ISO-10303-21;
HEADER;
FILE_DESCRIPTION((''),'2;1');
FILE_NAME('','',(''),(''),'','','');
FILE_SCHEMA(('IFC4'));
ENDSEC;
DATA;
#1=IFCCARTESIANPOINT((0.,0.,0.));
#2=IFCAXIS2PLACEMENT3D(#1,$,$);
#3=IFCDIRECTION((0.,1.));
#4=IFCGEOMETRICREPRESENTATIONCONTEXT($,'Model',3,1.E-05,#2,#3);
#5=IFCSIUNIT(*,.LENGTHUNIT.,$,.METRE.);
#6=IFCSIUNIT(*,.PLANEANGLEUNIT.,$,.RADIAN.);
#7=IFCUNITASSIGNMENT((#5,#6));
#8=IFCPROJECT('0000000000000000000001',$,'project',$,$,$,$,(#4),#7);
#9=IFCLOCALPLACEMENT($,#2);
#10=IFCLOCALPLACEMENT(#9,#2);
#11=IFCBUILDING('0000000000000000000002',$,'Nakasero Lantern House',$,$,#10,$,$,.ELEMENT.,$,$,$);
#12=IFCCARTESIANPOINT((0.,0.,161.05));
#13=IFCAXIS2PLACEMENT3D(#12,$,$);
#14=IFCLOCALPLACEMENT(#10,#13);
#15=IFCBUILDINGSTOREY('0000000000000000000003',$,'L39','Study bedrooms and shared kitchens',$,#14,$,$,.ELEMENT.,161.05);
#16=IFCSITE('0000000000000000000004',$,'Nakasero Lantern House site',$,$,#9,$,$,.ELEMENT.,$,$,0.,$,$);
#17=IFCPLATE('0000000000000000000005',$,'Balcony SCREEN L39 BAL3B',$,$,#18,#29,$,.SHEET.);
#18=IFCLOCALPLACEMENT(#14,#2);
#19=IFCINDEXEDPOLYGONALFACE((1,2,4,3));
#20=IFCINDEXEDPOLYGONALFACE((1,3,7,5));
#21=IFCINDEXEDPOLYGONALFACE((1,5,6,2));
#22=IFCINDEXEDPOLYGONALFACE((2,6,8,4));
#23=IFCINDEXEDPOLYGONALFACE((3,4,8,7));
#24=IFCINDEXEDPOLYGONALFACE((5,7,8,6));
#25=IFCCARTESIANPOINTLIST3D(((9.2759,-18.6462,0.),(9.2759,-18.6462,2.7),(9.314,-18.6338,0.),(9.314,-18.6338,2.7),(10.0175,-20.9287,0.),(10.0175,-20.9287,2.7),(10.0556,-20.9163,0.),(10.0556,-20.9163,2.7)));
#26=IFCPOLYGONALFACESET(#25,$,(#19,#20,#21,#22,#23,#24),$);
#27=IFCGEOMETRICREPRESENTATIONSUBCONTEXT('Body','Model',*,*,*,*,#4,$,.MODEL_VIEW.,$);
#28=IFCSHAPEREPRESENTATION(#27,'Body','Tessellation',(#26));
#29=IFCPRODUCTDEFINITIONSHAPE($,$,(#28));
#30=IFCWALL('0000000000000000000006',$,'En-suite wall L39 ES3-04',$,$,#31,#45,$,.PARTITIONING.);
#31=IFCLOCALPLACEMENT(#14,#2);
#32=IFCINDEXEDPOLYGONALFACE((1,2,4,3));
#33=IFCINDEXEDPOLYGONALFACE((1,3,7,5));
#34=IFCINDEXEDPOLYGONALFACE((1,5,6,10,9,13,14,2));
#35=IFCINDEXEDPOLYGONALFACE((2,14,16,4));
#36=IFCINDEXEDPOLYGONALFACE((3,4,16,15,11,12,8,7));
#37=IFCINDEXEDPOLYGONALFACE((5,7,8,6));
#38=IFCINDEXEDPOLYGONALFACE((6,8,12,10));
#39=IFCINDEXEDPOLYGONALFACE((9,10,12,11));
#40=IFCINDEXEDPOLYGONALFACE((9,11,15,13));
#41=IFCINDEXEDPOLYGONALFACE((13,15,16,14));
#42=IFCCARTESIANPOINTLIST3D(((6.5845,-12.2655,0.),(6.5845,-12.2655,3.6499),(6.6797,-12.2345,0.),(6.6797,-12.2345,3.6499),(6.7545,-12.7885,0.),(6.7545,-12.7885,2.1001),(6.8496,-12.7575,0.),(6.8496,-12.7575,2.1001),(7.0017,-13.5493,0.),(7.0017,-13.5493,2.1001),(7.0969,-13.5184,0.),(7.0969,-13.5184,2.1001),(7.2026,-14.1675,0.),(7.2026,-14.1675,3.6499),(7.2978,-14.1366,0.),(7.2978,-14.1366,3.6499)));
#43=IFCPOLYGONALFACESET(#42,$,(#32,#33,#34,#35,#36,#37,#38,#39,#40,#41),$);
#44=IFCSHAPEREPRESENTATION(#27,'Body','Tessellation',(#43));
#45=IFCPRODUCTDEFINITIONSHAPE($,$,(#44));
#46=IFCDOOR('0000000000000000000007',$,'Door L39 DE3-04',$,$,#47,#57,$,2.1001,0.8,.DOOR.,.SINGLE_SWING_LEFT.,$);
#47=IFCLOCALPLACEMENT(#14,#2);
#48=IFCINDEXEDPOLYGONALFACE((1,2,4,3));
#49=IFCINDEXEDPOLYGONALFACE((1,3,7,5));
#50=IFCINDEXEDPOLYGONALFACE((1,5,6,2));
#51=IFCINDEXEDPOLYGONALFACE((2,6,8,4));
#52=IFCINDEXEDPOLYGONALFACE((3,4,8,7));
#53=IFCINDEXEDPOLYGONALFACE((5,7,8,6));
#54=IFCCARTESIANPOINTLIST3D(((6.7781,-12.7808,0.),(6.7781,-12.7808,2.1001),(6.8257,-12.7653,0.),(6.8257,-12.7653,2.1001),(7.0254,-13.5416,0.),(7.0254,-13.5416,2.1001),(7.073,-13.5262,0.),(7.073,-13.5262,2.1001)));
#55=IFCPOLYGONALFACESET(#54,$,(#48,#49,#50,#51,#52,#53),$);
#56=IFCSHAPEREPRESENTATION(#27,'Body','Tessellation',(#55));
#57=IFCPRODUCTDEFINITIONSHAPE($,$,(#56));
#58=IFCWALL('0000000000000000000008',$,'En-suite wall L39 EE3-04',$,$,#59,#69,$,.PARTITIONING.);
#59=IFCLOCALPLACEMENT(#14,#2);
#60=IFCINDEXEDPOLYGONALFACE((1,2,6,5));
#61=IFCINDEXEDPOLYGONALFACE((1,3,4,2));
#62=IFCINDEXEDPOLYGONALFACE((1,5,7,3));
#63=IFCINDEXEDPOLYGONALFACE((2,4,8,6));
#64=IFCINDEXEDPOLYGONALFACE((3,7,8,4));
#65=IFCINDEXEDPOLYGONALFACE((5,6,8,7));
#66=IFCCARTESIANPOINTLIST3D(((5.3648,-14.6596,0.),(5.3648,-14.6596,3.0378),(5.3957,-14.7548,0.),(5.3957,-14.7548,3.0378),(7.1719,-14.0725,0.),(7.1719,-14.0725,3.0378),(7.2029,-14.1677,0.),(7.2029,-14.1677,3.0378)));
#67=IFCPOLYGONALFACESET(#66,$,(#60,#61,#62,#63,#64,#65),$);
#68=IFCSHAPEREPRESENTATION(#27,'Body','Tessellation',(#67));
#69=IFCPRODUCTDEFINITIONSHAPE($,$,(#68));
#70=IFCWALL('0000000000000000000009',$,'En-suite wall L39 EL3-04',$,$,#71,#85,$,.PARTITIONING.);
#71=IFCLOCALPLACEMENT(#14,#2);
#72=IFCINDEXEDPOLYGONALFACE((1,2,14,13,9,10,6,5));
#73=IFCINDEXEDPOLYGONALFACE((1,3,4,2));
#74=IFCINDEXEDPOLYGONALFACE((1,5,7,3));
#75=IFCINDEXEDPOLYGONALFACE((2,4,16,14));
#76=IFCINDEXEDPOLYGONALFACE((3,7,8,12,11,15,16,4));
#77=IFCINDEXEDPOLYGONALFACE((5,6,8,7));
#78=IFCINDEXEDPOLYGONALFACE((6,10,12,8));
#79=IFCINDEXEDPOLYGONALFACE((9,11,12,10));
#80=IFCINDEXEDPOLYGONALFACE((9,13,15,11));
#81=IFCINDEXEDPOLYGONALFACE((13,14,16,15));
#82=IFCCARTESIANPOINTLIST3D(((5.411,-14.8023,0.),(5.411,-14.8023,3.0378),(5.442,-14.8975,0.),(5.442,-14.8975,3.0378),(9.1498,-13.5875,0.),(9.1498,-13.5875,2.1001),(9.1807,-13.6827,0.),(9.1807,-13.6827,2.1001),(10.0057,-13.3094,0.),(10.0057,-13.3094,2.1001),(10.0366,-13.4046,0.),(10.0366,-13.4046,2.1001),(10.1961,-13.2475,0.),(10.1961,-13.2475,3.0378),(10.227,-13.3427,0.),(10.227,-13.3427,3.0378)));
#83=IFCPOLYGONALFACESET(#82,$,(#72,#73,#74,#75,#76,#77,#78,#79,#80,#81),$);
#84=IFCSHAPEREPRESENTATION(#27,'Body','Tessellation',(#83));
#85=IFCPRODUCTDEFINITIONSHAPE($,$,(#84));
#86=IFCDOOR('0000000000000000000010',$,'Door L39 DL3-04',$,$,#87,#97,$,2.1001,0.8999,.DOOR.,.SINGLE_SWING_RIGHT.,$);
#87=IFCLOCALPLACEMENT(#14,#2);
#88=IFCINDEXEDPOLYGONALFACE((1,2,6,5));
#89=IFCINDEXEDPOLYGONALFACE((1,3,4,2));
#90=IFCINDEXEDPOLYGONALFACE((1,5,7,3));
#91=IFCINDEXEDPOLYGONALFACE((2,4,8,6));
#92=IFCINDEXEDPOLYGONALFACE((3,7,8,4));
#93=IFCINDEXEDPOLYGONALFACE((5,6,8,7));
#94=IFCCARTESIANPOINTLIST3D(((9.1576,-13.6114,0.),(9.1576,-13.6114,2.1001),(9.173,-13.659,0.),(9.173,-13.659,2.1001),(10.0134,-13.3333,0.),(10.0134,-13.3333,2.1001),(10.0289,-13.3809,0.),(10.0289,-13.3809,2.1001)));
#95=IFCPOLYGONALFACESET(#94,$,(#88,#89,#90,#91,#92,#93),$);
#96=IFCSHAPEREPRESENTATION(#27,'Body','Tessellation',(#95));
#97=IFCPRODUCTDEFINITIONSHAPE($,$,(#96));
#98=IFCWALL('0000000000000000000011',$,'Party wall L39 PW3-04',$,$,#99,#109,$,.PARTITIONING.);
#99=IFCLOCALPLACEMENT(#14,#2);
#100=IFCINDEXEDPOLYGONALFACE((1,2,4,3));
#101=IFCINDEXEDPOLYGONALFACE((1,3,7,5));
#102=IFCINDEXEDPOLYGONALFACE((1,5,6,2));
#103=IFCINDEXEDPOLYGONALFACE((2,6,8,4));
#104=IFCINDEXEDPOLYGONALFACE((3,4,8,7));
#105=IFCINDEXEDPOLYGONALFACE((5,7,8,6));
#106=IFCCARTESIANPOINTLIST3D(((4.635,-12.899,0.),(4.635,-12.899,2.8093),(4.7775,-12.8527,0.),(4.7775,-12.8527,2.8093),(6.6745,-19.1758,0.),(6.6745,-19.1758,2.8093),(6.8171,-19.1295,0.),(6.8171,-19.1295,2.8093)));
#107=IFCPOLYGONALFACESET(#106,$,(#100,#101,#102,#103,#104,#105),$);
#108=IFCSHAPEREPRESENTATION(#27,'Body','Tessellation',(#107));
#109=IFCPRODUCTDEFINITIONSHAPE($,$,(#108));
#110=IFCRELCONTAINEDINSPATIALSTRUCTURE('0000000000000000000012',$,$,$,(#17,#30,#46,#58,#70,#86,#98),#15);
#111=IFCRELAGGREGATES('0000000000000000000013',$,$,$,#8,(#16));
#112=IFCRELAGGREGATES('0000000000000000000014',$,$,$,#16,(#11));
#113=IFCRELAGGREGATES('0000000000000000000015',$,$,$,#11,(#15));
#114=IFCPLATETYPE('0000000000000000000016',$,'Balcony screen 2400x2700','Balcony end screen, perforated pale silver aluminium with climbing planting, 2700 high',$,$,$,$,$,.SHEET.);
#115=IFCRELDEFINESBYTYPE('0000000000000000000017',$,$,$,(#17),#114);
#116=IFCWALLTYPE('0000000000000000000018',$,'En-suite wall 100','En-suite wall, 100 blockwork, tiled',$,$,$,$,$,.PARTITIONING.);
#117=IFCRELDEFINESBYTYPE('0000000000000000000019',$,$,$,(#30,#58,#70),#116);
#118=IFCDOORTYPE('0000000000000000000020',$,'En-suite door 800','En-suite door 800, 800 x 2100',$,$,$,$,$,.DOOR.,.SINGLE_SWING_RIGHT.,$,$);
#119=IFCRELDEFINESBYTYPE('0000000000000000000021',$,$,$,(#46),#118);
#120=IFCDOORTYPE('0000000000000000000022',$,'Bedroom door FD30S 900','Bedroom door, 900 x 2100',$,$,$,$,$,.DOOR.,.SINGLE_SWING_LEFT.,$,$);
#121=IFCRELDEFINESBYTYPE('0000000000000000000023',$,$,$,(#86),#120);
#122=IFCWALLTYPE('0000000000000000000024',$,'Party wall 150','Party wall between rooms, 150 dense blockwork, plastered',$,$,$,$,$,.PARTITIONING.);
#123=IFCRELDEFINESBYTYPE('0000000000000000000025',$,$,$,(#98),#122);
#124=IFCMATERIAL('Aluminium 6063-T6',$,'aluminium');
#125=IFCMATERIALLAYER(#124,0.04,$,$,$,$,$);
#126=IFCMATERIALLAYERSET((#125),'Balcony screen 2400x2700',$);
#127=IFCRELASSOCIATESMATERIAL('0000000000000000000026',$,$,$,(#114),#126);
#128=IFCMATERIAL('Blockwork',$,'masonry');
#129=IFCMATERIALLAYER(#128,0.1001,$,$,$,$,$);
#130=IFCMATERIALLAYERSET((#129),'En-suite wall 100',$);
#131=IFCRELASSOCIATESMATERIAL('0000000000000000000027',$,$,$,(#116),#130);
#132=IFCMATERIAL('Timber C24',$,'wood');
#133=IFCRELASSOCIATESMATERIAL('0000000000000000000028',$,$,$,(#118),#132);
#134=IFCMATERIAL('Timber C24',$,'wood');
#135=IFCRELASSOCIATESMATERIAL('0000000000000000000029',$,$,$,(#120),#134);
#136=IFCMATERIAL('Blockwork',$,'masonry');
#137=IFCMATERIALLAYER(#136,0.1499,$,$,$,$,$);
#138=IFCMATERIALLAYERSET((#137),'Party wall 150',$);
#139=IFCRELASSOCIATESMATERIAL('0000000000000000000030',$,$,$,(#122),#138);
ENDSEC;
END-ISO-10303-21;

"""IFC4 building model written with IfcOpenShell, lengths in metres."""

from ifc_helpers import new_model, si_unit, direction, frame, frame_2d, origin, origin_2d, place, context, subcontext, project, spatial, rectangle, extrude, material, layer, layer_set, type_object, element, fill, save


model = new_model("IFC4")

# Units and contexts
model_context = context("Model", 3, precision=1e-05, world=origin(), true_north=direction((0.0, 1.0)))
body_context = subcontext(model_context, "Body", "Model", "MODEL_VIEW")
ifc_project = project(units=[si_unit("LENGTHUNIT", "METRE"), si_unit("PLANEANGLEUNIT", "RADIAN")], contexts=[model_context])

# Site, building, storey
site_placement = place(None, origin())
site = spatial("IfcSite", under=ifc_project, at=site_placement, Name="Nakasero Lantern House site", CompositionType="ELEMENT", RefElevation=0.0)
building_placement = place(site_placement, origin())
building = spatial("IfcBuilding", under=site, at=building_placement, Name="Nakasero Lantern House", CompositionType="ELEMENT")
storey_placement = place(building_placement, frame((0.0, 0.0, 161.05)))
storey = spatial("IfcBuildingStorey", under=building, at=storey_placement, Name="L39", Description="Study bedrooms and shared kitchens", CompositionType="ELEMENT", Elevation=161.05)

# Plate
ifc_material_1 = material(Name="Aluminium 6063-T6", Category="aluminium")
ifc_layer_1 = layer(ifc_material_1, 0.04)
ifc_layer_set_1 = layer_set([ifc_layer_1], Name="Balcony screen 2400x2700")
plate_type_1 = type_object("IfcPlateType", Name="Balcony screen 2400x2700", Description="Balcony end screen, perforated pale silver aluminium with climbing planting, 2700 high", PredefinedType="SHEET", material=ifc_layer_set_1)
for number, where, z_axis, x_axis, name in (
    (1, (9.6658, -19.7812, 0.0), (0.0, 0.0, 1.0), (0.309017, -0.951057, 0.0), "Balcony SCREEN L39 BAL3B"),
):
    element("IfcPlate", number, at=place(storey_placement, frame(where, z_axis=z_axis, x_axis=x_axis)), inside=storey, type_object=plate_type_1, Name=name, PredefinedType="SHEET", context=body_context, shape_type="SweptSolid", body=[
        extrude(rectangle(XDim=2.3999, YDim=0.04, at=origin_2d()), origin(), (0.0, 0.0, 1.0), 2.7),
    ])

# Wall, opening, door
ifc_material_2 = material(Name="Blockwork", Category="masonry")
ifc_layer_2 = layer(ifc_material_2, 0.1001)
ifc_layer_set_2 = layer_set([ifc_layer_2], Name="En-suite wall 100")
wall_type_1 = type_object("IfcWallType", Name="En-suite wall 100", Description="En-suite wall, 100 blockwork, tiled", PredefinedType="PARTITIONING", material=ifc_layer_set_2)
wall_1_placement = place(storey_placement, frame((6.6321, -12.25, 0.0), z_axis=(0.0, 0.0, 1.0), x_axis=(0.309078, -0.951037, 0.0)))
wall_1 = element("IfcWall", 2, at=wall_1_placement, inside=storey, type_object=wall_type_1, Name="En-suite wall L39 ES3-04", PredefinedType="PARTITIONING", context=body_context, shape_type="SweptSolid", body=[
    extrude(rectangle(XDim=2.0, YDim=0.1001, at=frame_2d((1.0, 0.0))), origin(), (0.0, 0.0, 1.0), 3.6499),
])
opening_1_placement = place(wall_1_placement, frame((0.55, 0.0, 0.0)))
opening_1 = element("IfcOpeningElement", 3, at=opening_1_placement, cuts=wall_1, PredefinedType="OPENING", context=body_context, shape_type="SweptSolid", body=[
    extrude(rectangle(XDim=0.8, YDim=2.1001, at=frame_2d((0.3999, 1.05))), frame((0.0, 0.0701, 0.0), z_axis=(0.0, -1.0, 0.0), x_axis=(1.0, 0.0, 0.0)), (0.0, 0.0, 1.0), 0.1401),
])
ifc_material_3 = material(Name="Timber C24", Category="wood")
door_type_1 = type_object("IfcDoorType", Name="En-suite door 800", Description="En-suite door 800, 800 x 2100", OperationType="SINGLE_SWING_RIGHT", PredefinedType="DOOR", material=ifc_material_3)
door_1_placement = place(opening_1_placement, origin())
door_1 = element("IfcDoor", 4, at=door_1_placement, inside=storey, type_object=door_type_1, Name="Door L39 DE3-04", OperationType="SINGLE_SWING_LEFT", OverallHeight=2.1001, OverallWidth=0.8, PredefinedType="DOOR", context=body_context, shape_type="SweptSolid", body=[
    extrude(rectangle(XDim=0.8, YDim=2.1001, at=frame_2d((0.3999, 1.05))), frame((0.0, 0.0249, 0.0), z_axis=(0.0, -1.0, 0.0), x_axis=(1.0, 0.0, 0.0)), (0.0, 0.0, 1.0), 0.05),
])
fill(opening_1, door_1)

# Wall
wall_2_placement = place(storey_placement, frame((5.3801, -14.7073, 0.0), z_axis=(0.0, 0.0, 1.0), x_axis=(0.951059, 0.309011, 0.0)))
element("IfcWall", 5, at=wall_2_placement, inside=storey, type_object=wall_type_1, Name="En-suite wall L39 EE3-04", PredefinedType="PARTITIONING", context=body_context, shape_type="SweptSolid", body=[
    extrude(rectangle(XDim=1.9001, YDim=0.1001, at=frame_2d((0.9502, 0.0))), origin(), (0.0, 0.0, 1.0), 3.0378),
])

# Wall, opening, door
wall_3_placement = place(storey_placement, frame((5.4265, -14.8499, 0.0), z_axis=(0.0, 0.0, 1.0), x_axis=(0.951058, 0.309013, 0.0)))
wall_3 = element("IfcWall", 6, at=wall_3_placement, inside=storey, type_object=wall_type_1, Name="En-suite wall L39 EL3-04", PredefinedType="PARTITIONING", context=body_context, shape_type="SweptSolid", body=[
    extrude(rectangle(XDim=5.0312, YDim=0.1001, at=frame_2d((2.5156, 0.0))), origin(), (0.0, 0.0, 1.0), 3.0378),
])
opening_2_placement = place(wall_3_placement, frame((3.9312, 0.0, 0.0)))
opening_2 = element("IfcOpeningElement", 7, at=opening_2_placement, cuts=wall_3, PredefinedType="OPENING", context=body_context, shape_type="SweptSolid", body=[
    extrude(rectangle(XDim=0.8999, YDim=2.1001, at=frame_2d((0.45, 1.05))), frame((0.0, 0.0701, 0.0), z_axis=(0.0, -1.0, 0.0), x_axis=(1.0, 0.0, 0.0)), (0.0, 0.0, 1.0), 0.1401),
])
ifc_material_4 = material(Name="Timber C24", Category="wood")
door_type_2 = type_object("IfcDoorType", Name="Bedroom door FD30S 900", Description="Bedroom door, 900 x 2100", OperationType="SINGLE_SWING_LEFT", PredefinedType="DOOR", material=ifc_material_4)
door_2_placement = place(opening_2_placement, origin())
door_2 = element("IfcDoor", 8, at=door_2_placement, inside=storey, type_object=door_type_2, Name="Door L39 DL3-04", OperationType="SINGLE_SWING_RIGHT", OverallHeight=2.1001, OverallWidth=0.8999, PredefinedType="DOOR", context=body_context, shape_type="SweptSolid", body=[
    extrude(rectangle(XDim=0.8999, YDim=2.1001, at=frame_2d((0.45, 1.05))), frame((0.0, 0.0249, 0.0), z_axis=(0.0, -1.0, 0.0), x_axis=(1.0, 0.0, 0.0)), (0.0, 0.0, 1.0), 0.05),
])
fill(opening_2, door_2)

# Wall
ifc_material_5 = material(Name="Blockwork", Category="masonry")
ifc_layer_3 = layer(ifc_material_5, 0.1499)
ifc_layer_set_3 = layer_set([ifc_layer_3], Name="Party wall 150")
wall_type_2 = type_object("IfcWallType", Name="Party wall 150", Description="Party wall between rooms, 150 dense blockwork, plastered", PredefinedType="PARTITIONING", material=ifc_layer_set_3)
wall_4_placement = place(storey_placement, frame((4.7063, -12.876, 0.0), z_axis=(0.0, 0.0, 1.0), x_axis=(0.309028, -0.951053, 0.0)))
element("IfcWall", 9, at=wall_4_placement, inside=storey, type_object=wall_type_2, Name="Party wall L39 PW3-04", PredefinedType="PARTITIONING", context=body_context, shape_type="SweptSolid", body=[
    extrude(rectangle(XDim=6.5999, YDim=0.1499, at=frame_2d((3.2998, 0.0))), origin(), (0.0, 0.0, 1.0), 2.8093),
])

save(model, "model.ifc")
